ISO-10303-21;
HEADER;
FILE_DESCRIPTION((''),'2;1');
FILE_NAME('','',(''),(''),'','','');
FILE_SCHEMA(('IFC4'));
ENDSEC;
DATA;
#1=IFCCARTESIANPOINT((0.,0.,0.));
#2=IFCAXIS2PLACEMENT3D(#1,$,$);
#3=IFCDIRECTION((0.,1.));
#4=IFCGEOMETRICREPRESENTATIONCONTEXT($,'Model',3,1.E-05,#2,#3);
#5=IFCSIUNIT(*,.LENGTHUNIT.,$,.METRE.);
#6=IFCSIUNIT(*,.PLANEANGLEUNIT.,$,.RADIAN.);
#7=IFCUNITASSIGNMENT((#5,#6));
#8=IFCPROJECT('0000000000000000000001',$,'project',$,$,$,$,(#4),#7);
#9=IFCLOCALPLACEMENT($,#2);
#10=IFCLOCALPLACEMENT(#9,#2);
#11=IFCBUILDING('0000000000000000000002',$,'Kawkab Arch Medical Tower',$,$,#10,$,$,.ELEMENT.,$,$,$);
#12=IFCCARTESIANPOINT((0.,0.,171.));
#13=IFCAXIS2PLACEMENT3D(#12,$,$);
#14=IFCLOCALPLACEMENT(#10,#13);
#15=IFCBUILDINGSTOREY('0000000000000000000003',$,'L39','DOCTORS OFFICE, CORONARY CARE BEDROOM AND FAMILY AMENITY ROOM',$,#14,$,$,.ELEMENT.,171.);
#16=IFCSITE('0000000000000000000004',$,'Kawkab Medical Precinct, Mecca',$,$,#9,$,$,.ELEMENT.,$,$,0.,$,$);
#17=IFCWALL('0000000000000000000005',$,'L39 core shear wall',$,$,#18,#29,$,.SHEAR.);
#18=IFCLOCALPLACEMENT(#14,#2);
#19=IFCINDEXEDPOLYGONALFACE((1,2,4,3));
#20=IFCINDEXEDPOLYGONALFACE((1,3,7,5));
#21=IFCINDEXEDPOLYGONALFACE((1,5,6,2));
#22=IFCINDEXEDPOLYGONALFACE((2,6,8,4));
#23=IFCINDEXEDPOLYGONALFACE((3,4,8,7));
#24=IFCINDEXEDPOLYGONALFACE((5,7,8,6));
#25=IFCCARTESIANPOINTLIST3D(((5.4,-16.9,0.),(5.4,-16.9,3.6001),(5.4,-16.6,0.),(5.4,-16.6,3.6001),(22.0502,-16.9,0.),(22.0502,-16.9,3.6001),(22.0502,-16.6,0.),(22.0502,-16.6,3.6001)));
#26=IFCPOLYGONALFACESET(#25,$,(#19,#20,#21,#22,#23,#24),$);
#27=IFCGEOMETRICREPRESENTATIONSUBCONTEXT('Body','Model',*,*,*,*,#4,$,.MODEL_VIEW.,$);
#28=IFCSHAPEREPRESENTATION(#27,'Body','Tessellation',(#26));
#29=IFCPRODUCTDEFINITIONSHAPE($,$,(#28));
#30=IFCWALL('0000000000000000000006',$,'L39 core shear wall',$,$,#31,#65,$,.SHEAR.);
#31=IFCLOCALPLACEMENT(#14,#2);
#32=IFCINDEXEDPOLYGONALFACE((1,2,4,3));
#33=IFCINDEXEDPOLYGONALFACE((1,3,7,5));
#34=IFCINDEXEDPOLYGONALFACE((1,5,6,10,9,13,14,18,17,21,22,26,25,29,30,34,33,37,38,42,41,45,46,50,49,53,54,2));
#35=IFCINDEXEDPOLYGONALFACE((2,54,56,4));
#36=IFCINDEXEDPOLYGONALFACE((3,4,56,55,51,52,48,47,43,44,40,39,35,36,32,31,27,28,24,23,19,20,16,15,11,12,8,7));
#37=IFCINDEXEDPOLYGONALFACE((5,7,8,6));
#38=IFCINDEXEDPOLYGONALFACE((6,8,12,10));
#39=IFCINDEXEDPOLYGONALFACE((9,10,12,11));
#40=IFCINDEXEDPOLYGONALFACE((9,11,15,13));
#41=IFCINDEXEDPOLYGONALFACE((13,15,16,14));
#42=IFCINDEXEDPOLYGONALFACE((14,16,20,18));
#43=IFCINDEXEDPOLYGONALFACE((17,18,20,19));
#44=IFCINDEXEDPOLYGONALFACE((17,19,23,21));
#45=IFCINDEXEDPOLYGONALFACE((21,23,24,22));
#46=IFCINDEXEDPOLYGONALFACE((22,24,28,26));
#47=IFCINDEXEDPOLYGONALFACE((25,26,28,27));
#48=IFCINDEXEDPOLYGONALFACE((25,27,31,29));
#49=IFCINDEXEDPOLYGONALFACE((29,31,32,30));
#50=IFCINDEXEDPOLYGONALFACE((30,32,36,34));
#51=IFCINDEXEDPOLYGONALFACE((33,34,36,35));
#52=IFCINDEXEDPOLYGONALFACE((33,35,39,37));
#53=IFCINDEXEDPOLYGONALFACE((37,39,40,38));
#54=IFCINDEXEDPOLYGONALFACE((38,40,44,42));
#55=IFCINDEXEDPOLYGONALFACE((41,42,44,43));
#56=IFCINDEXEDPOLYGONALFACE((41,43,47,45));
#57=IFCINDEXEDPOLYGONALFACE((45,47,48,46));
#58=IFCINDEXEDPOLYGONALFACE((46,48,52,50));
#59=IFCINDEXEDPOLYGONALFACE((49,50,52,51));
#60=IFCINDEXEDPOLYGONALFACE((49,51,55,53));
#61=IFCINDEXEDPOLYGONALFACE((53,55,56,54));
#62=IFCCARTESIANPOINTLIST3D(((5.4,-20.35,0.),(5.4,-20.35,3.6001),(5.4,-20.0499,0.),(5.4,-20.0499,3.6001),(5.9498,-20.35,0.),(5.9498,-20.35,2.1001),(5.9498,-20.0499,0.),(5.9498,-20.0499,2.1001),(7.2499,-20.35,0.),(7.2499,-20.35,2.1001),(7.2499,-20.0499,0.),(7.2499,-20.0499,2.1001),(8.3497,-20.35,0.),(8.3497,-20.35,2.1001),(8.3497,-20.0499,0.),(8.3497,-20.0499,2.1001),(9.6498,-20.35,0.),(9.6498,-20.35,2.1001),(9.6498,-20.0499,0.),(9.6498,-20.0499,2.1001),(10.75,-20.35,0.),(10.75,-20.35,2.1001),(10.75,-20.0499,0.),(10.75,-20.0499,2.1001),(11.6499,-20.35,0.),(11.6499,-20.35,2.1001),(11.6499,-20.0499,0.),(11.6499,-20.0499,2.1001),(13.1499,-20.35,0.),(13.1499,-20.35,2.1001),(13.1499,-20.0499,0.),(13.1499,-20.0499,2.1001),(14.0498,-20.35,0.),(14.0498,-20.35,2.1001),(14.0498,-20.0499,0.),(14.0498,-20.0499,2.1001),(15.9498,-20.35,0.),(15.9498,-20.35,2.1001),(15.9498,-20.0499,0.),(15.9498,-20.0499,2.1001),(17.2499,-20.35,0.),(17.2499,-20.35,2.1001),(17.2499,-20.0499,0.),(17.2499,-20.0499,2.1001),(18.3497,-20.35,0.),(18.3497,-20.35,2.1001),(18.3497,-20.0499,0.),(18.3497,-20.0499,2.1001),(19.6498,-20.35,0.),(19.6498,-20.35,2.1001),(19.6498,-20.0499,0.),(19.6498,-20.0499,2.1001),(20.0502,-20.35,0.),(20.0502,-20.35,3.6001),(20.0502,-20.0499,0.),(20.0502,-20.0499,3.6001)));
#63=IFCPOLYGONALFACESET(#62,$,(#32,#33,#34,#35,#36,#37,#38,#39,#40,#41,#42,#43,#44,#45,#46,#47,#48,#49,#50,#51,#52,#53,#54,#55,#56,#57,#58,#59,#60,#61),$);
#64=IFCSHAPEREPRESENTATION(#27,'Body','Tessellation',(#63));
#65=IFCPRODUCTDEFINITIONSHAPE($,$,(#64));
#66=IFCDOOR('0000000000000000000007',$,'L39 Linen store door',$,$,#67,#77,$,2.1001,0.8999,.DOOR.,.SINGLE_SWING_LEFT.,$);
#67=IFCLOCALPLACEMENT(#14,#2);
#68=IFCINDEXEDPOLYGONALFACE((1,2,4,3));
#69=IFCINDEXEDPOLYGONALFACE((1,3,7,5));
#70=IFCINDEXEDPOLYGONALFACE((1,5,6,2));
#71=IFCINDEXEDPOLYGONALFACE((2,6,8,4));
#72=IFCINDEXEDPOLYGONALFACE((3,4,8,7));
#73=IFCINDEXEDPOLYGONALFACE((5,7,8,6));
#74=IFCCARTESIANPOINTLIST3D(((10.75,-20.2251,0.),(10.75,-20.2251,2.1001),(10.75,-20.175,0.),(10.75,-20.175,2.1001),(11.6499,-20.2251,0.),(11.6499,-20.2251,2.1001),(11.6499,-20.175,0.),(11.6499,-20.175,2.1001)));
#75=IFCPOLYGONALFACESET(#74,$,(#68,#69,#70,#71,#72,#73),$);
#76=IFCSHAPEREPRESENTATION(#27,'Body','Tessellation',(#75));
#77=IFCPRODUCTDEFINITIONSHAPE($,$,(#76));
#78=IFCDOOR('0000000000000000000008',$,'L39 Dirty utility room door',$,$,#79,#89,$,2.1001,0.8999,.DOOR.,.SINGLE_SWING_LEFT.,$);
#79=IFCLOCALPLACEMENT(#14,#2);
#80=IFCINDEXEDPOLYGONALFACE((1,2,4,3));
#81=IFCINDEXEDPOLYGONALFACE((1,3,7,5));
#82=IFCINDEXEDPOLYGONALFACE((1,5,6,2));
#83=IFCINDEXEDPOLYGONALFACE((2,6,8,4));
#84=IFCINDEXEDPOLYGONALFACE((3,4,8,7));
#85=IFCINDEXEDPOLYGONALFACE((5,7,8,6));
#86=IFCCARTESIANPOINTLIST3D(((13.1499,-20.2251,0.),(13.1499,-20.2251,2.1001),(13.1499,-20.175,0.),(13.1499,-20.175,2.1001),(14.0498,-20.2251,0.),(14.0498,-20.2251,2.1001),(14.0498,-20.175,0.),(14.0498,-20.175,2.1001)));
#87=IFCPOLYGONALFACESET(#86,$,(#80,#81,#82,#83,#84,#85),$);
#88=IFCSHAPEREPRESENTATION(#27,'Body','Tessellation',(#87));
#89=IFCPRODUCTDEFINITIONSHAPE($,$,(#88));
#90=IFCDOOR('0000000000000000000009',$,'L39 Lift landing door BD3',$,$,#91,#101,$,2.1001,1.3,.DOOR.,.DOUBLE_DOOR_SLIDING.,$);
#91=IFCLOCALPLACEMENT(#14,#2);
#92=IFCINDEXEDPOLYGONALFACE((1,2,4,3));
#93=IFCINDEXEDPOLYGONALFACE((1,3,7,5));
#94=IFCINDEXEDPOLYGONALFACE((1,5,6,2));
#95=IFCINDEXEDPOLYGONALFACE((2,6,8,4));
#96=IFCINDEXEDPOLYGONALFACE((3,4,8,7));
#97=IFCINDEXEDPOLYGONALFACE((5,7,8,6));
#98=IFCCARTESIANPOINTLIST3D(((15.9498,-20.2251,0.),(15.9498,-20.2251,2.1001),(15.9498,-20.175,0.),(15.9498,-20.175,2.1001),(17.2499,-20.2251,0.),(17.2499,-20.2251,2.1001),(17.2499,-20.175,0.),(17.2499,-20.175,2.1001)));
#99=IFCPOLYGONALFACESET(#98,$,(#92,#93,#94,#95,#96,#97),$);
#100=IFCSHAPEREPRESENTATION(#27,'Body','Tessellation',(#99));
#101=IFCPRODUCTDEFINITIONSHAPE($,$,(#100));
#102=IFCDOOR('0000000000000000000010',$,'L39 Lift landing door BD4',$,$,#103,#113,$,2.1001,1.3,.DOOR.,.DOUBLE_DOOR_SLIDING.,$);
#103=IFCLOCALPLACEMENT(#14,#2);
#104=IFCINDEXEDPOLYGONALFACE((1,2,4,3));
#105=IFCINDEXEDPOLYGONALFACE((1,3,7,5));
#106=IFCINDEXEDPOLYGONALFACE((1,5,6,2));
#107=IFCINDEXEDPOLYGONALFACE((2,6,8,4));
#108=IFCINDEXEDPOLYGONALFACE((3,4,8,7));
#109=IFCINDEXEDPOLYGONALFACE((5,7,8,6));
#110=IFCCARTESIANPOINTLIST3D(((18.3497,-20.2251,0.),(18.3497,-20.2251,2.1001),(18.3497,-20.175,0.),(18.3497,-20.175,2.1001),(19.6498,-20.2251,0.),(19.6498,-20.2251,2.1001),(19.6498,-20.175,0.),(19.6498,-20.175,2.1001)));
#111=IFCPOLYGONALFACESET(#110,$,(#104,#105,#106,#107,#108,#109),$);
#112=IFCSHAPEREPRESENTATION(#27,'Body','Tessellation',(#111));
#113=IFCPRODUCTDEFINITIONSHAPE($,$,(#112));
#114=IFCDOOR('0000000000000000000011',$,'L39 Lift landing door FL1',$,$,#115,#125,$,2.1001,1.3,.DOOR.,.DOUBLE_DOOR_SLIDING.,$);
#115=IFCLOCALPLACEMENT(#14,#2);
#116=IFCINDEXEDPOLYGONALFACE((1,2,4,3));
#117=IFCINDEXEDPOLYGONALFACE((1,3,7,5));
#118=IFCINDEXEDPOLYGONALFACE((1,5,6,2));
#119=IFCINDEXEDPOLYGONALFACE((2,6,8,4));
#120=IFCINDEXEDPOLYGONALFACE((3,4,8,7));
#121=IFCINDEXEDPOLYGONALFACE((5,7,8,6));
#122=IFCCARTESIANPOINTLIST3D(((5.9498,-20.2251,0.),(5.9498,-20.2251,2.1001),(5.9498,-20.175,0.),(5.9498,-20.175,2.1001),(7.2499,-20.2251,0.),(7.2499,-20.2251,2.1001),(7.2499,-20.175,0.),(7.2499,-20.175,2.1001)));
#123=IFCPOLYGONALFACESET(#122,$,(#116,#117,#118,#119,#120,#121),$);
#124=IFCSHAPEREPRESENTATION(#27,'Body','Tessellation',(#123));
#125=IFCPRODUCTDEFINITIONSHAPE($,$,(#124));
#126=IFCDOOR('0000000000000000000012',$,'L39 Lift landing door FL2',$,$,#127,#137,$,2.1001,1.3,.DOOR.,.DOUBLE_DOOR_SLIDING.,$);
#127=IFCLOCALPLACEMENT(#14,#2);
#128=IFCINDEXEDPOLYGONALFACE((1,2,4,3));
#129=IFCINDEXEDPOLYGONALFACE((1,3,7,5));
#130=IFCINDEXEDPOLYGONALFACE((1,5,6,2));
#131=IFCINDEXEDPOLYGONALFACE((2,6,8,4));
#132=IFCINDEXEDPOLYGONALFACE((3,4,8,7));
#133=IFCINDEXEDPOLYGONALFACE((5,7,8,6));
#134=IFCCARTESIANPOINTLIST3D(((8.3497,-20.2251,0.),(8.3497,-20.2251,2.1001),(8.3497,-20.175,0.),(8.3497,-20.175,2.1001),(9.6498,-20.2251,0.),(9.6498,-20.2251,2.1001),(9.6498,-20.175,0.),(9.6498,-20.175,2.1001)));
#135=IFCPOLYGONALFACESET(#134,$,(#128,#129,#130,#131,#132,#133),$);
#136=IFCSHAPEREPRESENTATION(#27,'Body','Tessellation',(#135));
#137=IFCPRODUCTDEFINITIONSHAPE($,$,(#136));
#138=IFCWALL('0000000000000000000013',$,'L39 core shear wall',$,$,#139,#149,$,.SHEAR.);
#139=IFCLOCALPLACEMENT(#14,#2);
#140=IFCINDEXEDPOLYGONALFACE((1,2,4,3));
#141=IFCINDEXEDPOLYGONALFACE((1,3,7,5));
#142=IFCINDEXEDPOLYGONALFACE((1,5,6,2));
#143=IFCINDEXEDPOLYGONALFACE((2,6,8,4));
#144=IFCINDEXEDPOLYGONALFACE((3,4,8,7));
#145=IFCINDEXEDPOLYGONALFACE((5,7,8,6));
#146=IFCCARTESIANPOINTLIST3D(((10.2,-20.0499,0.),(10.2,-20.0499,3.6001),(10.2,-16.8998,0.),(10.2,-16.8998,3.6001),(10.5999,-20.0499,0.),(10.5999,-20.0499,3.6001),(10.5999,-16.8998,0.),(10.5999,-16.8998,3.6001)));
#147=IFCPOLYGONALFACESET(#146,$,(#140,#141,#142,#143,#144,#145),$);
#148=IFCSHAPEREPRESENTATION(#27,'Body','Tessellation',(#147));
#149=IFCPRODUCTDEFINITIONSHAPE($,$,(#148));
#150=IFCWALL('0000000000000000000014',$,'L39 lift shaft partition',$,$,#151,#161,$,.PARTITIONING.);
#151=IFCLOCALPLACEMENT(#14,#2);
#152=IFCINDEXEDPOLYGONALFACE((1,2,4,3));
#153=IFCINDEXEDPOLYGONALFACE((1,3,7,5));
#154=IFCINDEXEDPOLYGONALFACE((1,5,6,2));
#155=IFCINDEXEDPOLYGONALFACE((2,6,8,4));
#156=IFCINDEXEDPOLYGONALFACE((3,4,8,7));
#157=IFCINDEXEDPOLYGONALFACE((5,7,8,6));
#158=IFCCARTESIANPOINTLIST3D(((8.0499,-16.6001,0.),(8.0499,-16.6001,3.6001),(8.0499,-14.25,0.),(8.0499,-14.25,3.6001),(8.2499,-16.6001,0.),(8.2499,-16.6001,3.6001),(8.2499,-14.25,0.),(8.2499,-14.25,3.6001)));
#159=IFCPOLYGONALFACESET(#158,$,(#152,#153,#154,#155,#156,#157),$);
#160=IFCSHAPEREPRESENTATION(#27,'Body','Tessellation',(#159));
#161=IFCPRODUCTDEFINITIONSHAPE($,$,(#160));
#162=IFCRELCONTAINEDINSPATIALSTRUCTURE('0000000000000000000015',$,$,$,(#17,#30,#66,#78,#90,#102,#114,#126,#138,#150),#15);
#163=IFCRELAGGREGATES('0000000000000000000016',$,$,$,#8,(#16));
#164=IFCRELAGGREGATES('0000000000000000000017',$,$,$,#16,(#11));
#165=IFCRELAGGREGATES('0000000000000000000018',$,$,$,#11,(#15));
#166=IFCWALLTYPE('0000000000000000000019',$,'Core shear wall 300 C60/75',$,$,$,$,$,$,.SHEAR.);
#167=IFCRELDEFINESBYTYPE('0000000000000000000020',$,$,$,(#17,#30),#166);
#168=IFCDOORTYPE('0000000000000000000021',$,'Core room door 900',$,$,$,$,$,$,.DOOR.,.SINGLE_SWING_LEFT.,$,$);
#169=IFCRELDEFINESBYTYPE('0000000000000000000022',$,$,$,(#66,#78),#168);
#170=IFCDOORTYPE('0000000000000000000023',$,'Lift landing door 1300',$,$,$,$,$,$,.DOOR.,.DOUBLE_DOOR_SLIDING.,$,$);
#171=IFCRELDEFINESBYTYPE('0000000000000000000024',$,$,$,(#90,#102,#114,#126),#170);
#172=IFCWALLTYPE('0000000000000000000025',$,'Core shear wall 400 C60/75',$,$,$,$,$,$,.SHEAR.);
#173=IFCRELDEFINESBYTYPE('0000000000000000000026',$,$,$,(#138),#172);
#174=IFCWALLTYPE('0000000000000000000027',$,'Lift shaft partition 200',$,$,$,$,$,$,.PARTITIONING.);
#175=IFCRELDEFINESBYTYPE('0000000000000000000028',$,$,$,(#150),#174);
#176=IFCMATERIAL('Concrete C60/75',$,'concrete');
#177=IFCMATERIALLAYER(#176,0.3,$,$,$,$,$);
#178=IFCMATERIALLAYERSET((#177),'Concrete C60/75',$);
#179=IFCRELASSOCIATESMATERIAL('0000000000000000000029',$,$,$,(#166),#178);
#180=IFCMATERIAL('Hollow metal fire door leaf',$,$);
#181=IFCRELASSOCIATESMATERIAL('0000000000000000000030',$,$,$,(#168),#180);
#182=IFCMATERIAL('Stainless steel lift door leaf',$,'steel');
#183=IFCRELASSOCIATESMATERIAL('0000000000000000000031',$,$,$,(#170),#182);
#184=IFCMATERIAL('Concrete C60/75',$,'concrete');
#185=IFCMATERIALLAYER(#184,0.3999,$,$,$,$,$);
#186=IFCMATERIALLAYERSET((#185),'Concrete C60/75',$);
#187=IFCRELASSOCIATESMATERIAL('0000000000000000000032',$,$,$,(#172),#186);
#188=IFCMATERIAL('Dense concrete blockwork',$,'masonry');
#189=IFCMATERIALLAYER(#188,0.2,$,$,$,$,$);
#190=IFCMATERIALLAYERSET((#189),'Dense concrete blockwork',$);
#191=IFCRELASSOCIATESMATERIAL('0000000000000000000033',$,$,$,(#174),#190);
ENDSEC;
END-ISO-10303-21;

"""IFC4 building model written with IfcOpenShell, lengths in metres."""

from ifc_helpers import new_model, si_unit, direction, frame, frame_2d, origin, place, context, subcontext, project, spatial, rectangle, extrude, material, layer, layer_set, type_object, element, fill, save


model = new_model("IFC4")

# Units and contexts
model_context = context("Model", 3, precision=1e-05, world=origin(), true_north=direction((0.0, 1.0)))
body_context = subcontext(model_context, "Body", "Model", "MODEL_VIEW")
ifc_project = project(units=[si_unit("LENGTHUNIT", "METRE"), si_unit("PLANEANGLEUNIT", "RADIAN")], contexts=[model_context])

# Site, building, storey
site_placement = place(None, origin())
site = spatial("IfcSite", under=ifc_project, at=site_placement, Name="Kawkab Medical Precinct, Mecca", CompositionType="ELEMENT", RefElevation=0.0)
building_placement = place(site_placement, origin())
building = spatial("IfcBuilding", under=site, at=building_placement, Name="Kawkab Arch Medical Tower", CompositionType="ELEMENT")
storey_placement = place(building_placement, frame((0.0, 0.0, 171.0)))
storey = spatial("IfcBuildingStorey", under=building, at=storey_placement, Name="L39", Description="DOCTORS OFFICE, CORONARY CARE BEDROOM AND FAMILY AMENITY ROOM", CompositionType="ELEMENT", Elevation=171.0)

# Shared definitions
ifc_material_1 = material(Name="Concrete C60/75", Category="concrete")
ifc_layer_1 = layer(ifc_material_1, 0.3)
ifc_layer_set_1 = layer_set([ifc_layer_1], Name="Concrete C60/75")
wall_type_1 = type_object("IfcWallType", Name="Core shear wall 300 C60/75", PredefinedType="SHEAR", material=ifc_layer_set_1)

# Shared definitions
ifc_material_2 = material(Name="Hollow metal fire door leaf")
door_type_1 = type_object("IfcDoorType", Name="Core room door 900", OperationType="SINGLE_SWING_LEFT", PredefinedType="DOOR", material=ifc_material_2)

# Wall
wall_1_placement = place(storey_placement, frame((5.3999, -16.75, 0.0), z_axis=(0.0, 0.0, 1.0), x_axis=(1.0, 0.0, 0.0)))
element("IfcWall", 1, at=wall_1_placement, inside=storey, type_object=wall_type_1, Name="L39 core shear wall", PredefinedType="SHEAR", context=body_context, shape_type="SweptSolid", body=[
    extrude(rectangle(XDim=16.6501, YDim=0.3, at=frame_2d((8.3252, 0.0))), origin(), (0.0, 0.0, 1.0), 3.6001),
])

# Wall, openings, doors
wall_2_placement = place(storey_placement, frame((5.3999, -20.2, 0.0), z_axis=(0.0, 0.0, 1.0), x_axis=(1.0, 0.0, 0.0)))
wall_2 = element("IfcWall", 2, at=wall_2_placement, inside=storey, type_object=wall_type_1, Name="L39 core shear wall", PredefinedType="SHEAR", context=body_context, shape_type="SweptSolid", body=[
    extrude(rectangle(XDim=14.6501, YDim=0.3, at=frame_2d((7.3252, 0.0))), origin(), (0.0, 0.0, 1.0), 3.6001),
])
opening_1_placement = place(wall_2_placement, frame((10.55, 0.0, 0.0)))
opening_1 = element("IfcOpeningElement", 3, at=opening_1_placement, cuts=wall_2, PredefinedType="OPENING", context=body_context, shape_type="SweptSolid", body=[
    extrude(rectangle(XDim=1.3, YDim=2.1001, at=frame_2d((0.6499, 1.05))), frame((0.0, 0.1599, 0.0), z_axis=(0.0, -1.0, 0.0), x_axis=(1.0, 0.0, 0.0)), (0.0, 0.0, 1.0), 0.3201),
])
opening_2_placement = place(wall_2_placement, frame((12.95, 0.0, 0.0)))
opening_2 = element("IfcOpeningElement", 4, at=opening_2_placement, cuts=wall_2, PredefinedType="OPENING", context=body_context, shape_type="SweptSolid", body=[
    extrude(rectangle(XDim=1.3, YDim=2.1001, at=frame_2d((0.6499, 1.05))), frame((0.0, 0.1599, 0.0), z_axis=(0.0, -1.0, 0.0), x_axis=(1.0, 0.0, 0.0)), (0.0, 0.0, 1.0), 0.3201),
])
opening_3_placement = place(wall_2_placement, frame((0.55, 0.0, 0.0)))
opening_3 = element("IfcOpeningElement", 5, at=opening_3_placement, cuts=wall_2, PredefinedType="OPENING", context=body_context, shape_type="SweptSolid", body=[
    extrude(rectangle(XDim=1.3, YDim=2.1001, at=frame_2d((0.6499, 1.05))), frame((0.0, 0.1599, 0.0), z_axis=(0.0, -1.0, 0.0), x_axis=(1.0, 0.0, 0.0)), (0.0, 0.0, 1.0), 0.3201),
])
opening_4_placement = place(wall_2_placement, frame((2.95, 0.0, 0.0)))
opening_4 = element("IfcOpeningElement", 6, at=opening_4_placement, cuts=wall_2, PredefinedType="OPENING", context=body_context, shape_type="SweptSolid", body=[
    extrude(rectangle(XDim=1.3, YDim=2.1001, at=frame_2d((0.6499, 1.05))), frame((0.0, 0.1599, 0.0), z_axis=(0.0, -1.0, 0.0), x_axis=(1.0, 0.0, 0.0)), (0.0, 0.0, 1.0), 0.3201),
])
opening_5_placement = place(wall_2_placement, frame((5.3501, 0.0, 0.0)))
opening_5 = element("IfcOpeningElement", 7, at=opening_5_placement, cuts=wall_2, PredefinedType="OPENING", context=body_context, shape_type="SweptSolid", body=[
    extrude(rectangle(XDim=0.8999, YDim=2.1001, at=frame_2d((0.45, 1.05))), frame((0.0, 0.1599, 0.0), z_axis=(0.0, -1.0, 0.0), x_axis=(1.0, 0.0, 0.0)), (0.0, 0.0, 1.0), 0.3201),
])
opening_6_placement = place(wall_2_placement, frame((7.75, 0.0, 0.0)))
opening_6 = element("IfcOpeningElement", 8, at=opening_6_placement, cuts=wall_2, PredefinedType="OPENING", context=body_context, shape_type="SweptSolid", body=[
    extrude(rectangle(XDim=0.8999, YDim=2.1001, at=frame_2d((0.45, 1.05))), frame((0.0, 0.1599, 0.0), z_axis=(0.0, -1.0, 0.0), x_axis=(1.0, 0.0, 0.0)), (0.0, 0.0, 1.0), 0.3201),
])
door_1_placement = place(opening_5_placement, origin())
door_1 = element("IfcDoor", 9, at=door_1_placement, inside=storey, type_object=door_type_1, Name="L39 Linen store door", OperationType="SINGLE_SWING_LEFT", OverallHeight=2.1001, OverallWidth=0.8999, PredefinedType="DOOR", context=body_context, shape_type="SweptSolid", body=[
    extrude(rectangle(XDim=0.8999, YDim=2.1001, at=frame_2d((0.45, 1.05))), frame((0.0, 0.0249, 0.0), z_axis=(0.0, -1.0, 0.0), x_axis=(1.0, 0.0, 0.0)), (0.0, 0.0, 1.0), 0.05),
])
fill(opening_5, door_1)
door_2_placement = place(opening_6_placement, origin())
door_2 = element("IfcDoor", 10, at=door_2_placement, inside=storey, type_object=door_type_1, Name="L39 Dirty utility room door", OperationType="SINGLE_SWING_LEFT", OverallHeight=2.1001, OverallWidth=0.8999, PredefinedType="DOOR", context=body_context, shape_type="SweptSolid", body=[
    extrude(rectangle(XDim=0.8999, YDim=2.1001, at=frame_2d((0.45, 1.05))), frame((0.0, 0.0249, 0.0), z_axis=(0.0, -1.0, 0.0), x_axis=(1.0, 0.0, 0.0)), (0.0, 0.0, 1.0), 0.05),
])
fill(opening_6, door_2)
ifc_material_3 = material(Name="Stainless steel lift door leaf", Category="steel")
door_type_2 = type_object("IfcDoorType", Name="Lift landing door 1300", OperationType="DOUBLE_DOOR_SLIDING", PredefinedType="DOOR", material=ifc_material_3)
door_3_placement = place(opening_1_placement, origin())
door_3 = element("IfcDoor", 11, at=door_3_placement, inside=storey, type_object=door_type_2, Name="L39 Lift landing door BD3", OperationType="DOUBLE_DOOR_SLIDING", OverallHeight=2.1001, OverallWidth=1.3, PredefinedType="DOOR", context=body_context, shape_type="SweptSolid", body=[
    extrude(rectangle(XDim=1.3, YDim=2.1001, at=frame_2d((0.6499, 1.05))), frame((0.0, 0.0249, 0.0), z_axis=(0.0, -1.0, 0.0), x_axis=(1.0, 0.0, 0.0)), (0.0, 0.0, 1.0), 0.05),
])
fill(opening_1, door_3)
door_4_placement = place(opening_2_placement, origin())
door_4 = element("IfcDoor", 12, at=door_4_placement, inside=storey, type_object=door_type_2, Name="L39 Lift landing door BD4", OperationType="DOUBLE_DOOR_SLIDING", OverallHeight=2.1001, OverallWidth=1.3, PredefinedType="DOOR", context=body_context, shape_type="SweptSolid", body=[
    extrude(rectangle(XDim=1.3, YDim=2.1001, at=frame_2d((0.6499, 1.05))), frame((0.0, 0.0249, 0.0), z_axis=(0.0, -1.0, 0.0), x_axis=(1.0, 0.0, 0.0)), (0.0, 0.0, 1.0), 0.05),
])
fill(opening_2, door_4)
door_5_placement = place(opening_3_placement, origin())
door_5 = element("IfcDoor", 13, at=door_5_placement, inside=storey, type_object=door_type_2, Name="L39 Lift landing door FL1", OperationType="DOUBLE_DOOR_SLIDING", OverallHeight=2.1001, OverallWidth=1.3, PredefinedType="DOOR", context=body_context, shape_type="SweptSolid", body=[
    extrude(rectangle(XDim=1.3, YDim=2.1001, at=frame_2d((0.6499, 1.05))), frame((0.0, 0.0249, 0.0), z_axis=(0.0, -1.0, 0.0), x_axis=(1.0, 0.0, 0.0)), (0.0, 0.0, 1.0), 0.05),
])
fill(opening_3, door_5)
door_6_placement = place(opening_4_placement, origin())
door_6 = element("IfcDoor", 14, at=door_6_placement, inside=storey, type_object=door_type_2, Name="L39 Lift landing door FL2", OperationType="DOUBLE_DOOR_SLIDING", OverallHeight=2.1001, OverallWidth=1.3, PredefinedType="DOOR", context=body_context, shape_type="SweptSolid", body=[
    extrude(rectangle(XDim=1.3, YDim=2.1001, at=frame_2d((0.6499, 1.05))), frame((0.0, 0.0249, 0.0), z_axis=(0.0, -1.0, 0.0), x_axis=(1.0, 0.0, 0.0)), (0.0, 0.0, 1.0), 0.05),
])
fill(opening_4, door_6)

# Walls
ifc_material_4 = material(Name="Concrete C60/75", Category="concrete")
ifc_layer_2 = layer(ifc_material_4, 0.3999)
ifc_layer_set_2 = layer_set([ifc_layer_2], Name="Concrete C60/75")
wall_type_2 = type_object("IfcWallType", Name="Core shear wall 400 C60/75", PredefinedType="SHEAR", material=ifc_layer_set_2)
wall_3_placement = place(storey_placement, frame((10.3999, -20.05, 0.0), z_axis=(0.0, 0.0, 1.0), x_axis=(0.0, 1.0, 0.0)))
element("IfcWall", 15, at=wall_3_placement, inside=storey, type_object=wall_type_2, Name="L39 core shear wall", PredefinedType="SHEAR", context=body_context, shape_type="SweptSolid", body=[
    extrude(rectangle(XDim=3.1501, YDim=0.3999, at=frame_2d((1.5752, 0.0))), origin(), (0.0, 0.0, 1.0), 3.6001),
])
ifc_material_5 = material(Name="Dense concrete blockwork", Category="masonry")
ifc_layer_3 = layer(ifc_material_5, 0.2)
ifc_layer_set_3 = layer_set([ifc_layer_3], Name="Dense concrete blockwork")
wall_type_3 = type_object("IfcWallType", Name="Lift shaft partition 200", PredefinedType="PARTITIONING", material=ifc_layer_set_3)
for number, where, z_axis, x_axis, name in (
    (16, (8.1499, -16.6001, 0.0), (0.0, 0.0, 1.0), (0.0, 1.0, 0.0), "L39 lift shaft partition"),
):
    element("IfcWall", number, at=place(storey_placement, frame(where, z_axis=z_axis, x_axis=x_axis)), inside=storey, type_object=wall_type_3, Name=name, PredefinedType="PARTITIONING", context=body_context, shape_type="SweptSolid", body=[
        extrude(rectangle(XDim=2.3501, YDim=0.2, at=frame_2d((1.175, 0.0))), origin(), (0.0, 0.0, 1.0), 3.6001),
    ])

save(model, "model.ifc")
